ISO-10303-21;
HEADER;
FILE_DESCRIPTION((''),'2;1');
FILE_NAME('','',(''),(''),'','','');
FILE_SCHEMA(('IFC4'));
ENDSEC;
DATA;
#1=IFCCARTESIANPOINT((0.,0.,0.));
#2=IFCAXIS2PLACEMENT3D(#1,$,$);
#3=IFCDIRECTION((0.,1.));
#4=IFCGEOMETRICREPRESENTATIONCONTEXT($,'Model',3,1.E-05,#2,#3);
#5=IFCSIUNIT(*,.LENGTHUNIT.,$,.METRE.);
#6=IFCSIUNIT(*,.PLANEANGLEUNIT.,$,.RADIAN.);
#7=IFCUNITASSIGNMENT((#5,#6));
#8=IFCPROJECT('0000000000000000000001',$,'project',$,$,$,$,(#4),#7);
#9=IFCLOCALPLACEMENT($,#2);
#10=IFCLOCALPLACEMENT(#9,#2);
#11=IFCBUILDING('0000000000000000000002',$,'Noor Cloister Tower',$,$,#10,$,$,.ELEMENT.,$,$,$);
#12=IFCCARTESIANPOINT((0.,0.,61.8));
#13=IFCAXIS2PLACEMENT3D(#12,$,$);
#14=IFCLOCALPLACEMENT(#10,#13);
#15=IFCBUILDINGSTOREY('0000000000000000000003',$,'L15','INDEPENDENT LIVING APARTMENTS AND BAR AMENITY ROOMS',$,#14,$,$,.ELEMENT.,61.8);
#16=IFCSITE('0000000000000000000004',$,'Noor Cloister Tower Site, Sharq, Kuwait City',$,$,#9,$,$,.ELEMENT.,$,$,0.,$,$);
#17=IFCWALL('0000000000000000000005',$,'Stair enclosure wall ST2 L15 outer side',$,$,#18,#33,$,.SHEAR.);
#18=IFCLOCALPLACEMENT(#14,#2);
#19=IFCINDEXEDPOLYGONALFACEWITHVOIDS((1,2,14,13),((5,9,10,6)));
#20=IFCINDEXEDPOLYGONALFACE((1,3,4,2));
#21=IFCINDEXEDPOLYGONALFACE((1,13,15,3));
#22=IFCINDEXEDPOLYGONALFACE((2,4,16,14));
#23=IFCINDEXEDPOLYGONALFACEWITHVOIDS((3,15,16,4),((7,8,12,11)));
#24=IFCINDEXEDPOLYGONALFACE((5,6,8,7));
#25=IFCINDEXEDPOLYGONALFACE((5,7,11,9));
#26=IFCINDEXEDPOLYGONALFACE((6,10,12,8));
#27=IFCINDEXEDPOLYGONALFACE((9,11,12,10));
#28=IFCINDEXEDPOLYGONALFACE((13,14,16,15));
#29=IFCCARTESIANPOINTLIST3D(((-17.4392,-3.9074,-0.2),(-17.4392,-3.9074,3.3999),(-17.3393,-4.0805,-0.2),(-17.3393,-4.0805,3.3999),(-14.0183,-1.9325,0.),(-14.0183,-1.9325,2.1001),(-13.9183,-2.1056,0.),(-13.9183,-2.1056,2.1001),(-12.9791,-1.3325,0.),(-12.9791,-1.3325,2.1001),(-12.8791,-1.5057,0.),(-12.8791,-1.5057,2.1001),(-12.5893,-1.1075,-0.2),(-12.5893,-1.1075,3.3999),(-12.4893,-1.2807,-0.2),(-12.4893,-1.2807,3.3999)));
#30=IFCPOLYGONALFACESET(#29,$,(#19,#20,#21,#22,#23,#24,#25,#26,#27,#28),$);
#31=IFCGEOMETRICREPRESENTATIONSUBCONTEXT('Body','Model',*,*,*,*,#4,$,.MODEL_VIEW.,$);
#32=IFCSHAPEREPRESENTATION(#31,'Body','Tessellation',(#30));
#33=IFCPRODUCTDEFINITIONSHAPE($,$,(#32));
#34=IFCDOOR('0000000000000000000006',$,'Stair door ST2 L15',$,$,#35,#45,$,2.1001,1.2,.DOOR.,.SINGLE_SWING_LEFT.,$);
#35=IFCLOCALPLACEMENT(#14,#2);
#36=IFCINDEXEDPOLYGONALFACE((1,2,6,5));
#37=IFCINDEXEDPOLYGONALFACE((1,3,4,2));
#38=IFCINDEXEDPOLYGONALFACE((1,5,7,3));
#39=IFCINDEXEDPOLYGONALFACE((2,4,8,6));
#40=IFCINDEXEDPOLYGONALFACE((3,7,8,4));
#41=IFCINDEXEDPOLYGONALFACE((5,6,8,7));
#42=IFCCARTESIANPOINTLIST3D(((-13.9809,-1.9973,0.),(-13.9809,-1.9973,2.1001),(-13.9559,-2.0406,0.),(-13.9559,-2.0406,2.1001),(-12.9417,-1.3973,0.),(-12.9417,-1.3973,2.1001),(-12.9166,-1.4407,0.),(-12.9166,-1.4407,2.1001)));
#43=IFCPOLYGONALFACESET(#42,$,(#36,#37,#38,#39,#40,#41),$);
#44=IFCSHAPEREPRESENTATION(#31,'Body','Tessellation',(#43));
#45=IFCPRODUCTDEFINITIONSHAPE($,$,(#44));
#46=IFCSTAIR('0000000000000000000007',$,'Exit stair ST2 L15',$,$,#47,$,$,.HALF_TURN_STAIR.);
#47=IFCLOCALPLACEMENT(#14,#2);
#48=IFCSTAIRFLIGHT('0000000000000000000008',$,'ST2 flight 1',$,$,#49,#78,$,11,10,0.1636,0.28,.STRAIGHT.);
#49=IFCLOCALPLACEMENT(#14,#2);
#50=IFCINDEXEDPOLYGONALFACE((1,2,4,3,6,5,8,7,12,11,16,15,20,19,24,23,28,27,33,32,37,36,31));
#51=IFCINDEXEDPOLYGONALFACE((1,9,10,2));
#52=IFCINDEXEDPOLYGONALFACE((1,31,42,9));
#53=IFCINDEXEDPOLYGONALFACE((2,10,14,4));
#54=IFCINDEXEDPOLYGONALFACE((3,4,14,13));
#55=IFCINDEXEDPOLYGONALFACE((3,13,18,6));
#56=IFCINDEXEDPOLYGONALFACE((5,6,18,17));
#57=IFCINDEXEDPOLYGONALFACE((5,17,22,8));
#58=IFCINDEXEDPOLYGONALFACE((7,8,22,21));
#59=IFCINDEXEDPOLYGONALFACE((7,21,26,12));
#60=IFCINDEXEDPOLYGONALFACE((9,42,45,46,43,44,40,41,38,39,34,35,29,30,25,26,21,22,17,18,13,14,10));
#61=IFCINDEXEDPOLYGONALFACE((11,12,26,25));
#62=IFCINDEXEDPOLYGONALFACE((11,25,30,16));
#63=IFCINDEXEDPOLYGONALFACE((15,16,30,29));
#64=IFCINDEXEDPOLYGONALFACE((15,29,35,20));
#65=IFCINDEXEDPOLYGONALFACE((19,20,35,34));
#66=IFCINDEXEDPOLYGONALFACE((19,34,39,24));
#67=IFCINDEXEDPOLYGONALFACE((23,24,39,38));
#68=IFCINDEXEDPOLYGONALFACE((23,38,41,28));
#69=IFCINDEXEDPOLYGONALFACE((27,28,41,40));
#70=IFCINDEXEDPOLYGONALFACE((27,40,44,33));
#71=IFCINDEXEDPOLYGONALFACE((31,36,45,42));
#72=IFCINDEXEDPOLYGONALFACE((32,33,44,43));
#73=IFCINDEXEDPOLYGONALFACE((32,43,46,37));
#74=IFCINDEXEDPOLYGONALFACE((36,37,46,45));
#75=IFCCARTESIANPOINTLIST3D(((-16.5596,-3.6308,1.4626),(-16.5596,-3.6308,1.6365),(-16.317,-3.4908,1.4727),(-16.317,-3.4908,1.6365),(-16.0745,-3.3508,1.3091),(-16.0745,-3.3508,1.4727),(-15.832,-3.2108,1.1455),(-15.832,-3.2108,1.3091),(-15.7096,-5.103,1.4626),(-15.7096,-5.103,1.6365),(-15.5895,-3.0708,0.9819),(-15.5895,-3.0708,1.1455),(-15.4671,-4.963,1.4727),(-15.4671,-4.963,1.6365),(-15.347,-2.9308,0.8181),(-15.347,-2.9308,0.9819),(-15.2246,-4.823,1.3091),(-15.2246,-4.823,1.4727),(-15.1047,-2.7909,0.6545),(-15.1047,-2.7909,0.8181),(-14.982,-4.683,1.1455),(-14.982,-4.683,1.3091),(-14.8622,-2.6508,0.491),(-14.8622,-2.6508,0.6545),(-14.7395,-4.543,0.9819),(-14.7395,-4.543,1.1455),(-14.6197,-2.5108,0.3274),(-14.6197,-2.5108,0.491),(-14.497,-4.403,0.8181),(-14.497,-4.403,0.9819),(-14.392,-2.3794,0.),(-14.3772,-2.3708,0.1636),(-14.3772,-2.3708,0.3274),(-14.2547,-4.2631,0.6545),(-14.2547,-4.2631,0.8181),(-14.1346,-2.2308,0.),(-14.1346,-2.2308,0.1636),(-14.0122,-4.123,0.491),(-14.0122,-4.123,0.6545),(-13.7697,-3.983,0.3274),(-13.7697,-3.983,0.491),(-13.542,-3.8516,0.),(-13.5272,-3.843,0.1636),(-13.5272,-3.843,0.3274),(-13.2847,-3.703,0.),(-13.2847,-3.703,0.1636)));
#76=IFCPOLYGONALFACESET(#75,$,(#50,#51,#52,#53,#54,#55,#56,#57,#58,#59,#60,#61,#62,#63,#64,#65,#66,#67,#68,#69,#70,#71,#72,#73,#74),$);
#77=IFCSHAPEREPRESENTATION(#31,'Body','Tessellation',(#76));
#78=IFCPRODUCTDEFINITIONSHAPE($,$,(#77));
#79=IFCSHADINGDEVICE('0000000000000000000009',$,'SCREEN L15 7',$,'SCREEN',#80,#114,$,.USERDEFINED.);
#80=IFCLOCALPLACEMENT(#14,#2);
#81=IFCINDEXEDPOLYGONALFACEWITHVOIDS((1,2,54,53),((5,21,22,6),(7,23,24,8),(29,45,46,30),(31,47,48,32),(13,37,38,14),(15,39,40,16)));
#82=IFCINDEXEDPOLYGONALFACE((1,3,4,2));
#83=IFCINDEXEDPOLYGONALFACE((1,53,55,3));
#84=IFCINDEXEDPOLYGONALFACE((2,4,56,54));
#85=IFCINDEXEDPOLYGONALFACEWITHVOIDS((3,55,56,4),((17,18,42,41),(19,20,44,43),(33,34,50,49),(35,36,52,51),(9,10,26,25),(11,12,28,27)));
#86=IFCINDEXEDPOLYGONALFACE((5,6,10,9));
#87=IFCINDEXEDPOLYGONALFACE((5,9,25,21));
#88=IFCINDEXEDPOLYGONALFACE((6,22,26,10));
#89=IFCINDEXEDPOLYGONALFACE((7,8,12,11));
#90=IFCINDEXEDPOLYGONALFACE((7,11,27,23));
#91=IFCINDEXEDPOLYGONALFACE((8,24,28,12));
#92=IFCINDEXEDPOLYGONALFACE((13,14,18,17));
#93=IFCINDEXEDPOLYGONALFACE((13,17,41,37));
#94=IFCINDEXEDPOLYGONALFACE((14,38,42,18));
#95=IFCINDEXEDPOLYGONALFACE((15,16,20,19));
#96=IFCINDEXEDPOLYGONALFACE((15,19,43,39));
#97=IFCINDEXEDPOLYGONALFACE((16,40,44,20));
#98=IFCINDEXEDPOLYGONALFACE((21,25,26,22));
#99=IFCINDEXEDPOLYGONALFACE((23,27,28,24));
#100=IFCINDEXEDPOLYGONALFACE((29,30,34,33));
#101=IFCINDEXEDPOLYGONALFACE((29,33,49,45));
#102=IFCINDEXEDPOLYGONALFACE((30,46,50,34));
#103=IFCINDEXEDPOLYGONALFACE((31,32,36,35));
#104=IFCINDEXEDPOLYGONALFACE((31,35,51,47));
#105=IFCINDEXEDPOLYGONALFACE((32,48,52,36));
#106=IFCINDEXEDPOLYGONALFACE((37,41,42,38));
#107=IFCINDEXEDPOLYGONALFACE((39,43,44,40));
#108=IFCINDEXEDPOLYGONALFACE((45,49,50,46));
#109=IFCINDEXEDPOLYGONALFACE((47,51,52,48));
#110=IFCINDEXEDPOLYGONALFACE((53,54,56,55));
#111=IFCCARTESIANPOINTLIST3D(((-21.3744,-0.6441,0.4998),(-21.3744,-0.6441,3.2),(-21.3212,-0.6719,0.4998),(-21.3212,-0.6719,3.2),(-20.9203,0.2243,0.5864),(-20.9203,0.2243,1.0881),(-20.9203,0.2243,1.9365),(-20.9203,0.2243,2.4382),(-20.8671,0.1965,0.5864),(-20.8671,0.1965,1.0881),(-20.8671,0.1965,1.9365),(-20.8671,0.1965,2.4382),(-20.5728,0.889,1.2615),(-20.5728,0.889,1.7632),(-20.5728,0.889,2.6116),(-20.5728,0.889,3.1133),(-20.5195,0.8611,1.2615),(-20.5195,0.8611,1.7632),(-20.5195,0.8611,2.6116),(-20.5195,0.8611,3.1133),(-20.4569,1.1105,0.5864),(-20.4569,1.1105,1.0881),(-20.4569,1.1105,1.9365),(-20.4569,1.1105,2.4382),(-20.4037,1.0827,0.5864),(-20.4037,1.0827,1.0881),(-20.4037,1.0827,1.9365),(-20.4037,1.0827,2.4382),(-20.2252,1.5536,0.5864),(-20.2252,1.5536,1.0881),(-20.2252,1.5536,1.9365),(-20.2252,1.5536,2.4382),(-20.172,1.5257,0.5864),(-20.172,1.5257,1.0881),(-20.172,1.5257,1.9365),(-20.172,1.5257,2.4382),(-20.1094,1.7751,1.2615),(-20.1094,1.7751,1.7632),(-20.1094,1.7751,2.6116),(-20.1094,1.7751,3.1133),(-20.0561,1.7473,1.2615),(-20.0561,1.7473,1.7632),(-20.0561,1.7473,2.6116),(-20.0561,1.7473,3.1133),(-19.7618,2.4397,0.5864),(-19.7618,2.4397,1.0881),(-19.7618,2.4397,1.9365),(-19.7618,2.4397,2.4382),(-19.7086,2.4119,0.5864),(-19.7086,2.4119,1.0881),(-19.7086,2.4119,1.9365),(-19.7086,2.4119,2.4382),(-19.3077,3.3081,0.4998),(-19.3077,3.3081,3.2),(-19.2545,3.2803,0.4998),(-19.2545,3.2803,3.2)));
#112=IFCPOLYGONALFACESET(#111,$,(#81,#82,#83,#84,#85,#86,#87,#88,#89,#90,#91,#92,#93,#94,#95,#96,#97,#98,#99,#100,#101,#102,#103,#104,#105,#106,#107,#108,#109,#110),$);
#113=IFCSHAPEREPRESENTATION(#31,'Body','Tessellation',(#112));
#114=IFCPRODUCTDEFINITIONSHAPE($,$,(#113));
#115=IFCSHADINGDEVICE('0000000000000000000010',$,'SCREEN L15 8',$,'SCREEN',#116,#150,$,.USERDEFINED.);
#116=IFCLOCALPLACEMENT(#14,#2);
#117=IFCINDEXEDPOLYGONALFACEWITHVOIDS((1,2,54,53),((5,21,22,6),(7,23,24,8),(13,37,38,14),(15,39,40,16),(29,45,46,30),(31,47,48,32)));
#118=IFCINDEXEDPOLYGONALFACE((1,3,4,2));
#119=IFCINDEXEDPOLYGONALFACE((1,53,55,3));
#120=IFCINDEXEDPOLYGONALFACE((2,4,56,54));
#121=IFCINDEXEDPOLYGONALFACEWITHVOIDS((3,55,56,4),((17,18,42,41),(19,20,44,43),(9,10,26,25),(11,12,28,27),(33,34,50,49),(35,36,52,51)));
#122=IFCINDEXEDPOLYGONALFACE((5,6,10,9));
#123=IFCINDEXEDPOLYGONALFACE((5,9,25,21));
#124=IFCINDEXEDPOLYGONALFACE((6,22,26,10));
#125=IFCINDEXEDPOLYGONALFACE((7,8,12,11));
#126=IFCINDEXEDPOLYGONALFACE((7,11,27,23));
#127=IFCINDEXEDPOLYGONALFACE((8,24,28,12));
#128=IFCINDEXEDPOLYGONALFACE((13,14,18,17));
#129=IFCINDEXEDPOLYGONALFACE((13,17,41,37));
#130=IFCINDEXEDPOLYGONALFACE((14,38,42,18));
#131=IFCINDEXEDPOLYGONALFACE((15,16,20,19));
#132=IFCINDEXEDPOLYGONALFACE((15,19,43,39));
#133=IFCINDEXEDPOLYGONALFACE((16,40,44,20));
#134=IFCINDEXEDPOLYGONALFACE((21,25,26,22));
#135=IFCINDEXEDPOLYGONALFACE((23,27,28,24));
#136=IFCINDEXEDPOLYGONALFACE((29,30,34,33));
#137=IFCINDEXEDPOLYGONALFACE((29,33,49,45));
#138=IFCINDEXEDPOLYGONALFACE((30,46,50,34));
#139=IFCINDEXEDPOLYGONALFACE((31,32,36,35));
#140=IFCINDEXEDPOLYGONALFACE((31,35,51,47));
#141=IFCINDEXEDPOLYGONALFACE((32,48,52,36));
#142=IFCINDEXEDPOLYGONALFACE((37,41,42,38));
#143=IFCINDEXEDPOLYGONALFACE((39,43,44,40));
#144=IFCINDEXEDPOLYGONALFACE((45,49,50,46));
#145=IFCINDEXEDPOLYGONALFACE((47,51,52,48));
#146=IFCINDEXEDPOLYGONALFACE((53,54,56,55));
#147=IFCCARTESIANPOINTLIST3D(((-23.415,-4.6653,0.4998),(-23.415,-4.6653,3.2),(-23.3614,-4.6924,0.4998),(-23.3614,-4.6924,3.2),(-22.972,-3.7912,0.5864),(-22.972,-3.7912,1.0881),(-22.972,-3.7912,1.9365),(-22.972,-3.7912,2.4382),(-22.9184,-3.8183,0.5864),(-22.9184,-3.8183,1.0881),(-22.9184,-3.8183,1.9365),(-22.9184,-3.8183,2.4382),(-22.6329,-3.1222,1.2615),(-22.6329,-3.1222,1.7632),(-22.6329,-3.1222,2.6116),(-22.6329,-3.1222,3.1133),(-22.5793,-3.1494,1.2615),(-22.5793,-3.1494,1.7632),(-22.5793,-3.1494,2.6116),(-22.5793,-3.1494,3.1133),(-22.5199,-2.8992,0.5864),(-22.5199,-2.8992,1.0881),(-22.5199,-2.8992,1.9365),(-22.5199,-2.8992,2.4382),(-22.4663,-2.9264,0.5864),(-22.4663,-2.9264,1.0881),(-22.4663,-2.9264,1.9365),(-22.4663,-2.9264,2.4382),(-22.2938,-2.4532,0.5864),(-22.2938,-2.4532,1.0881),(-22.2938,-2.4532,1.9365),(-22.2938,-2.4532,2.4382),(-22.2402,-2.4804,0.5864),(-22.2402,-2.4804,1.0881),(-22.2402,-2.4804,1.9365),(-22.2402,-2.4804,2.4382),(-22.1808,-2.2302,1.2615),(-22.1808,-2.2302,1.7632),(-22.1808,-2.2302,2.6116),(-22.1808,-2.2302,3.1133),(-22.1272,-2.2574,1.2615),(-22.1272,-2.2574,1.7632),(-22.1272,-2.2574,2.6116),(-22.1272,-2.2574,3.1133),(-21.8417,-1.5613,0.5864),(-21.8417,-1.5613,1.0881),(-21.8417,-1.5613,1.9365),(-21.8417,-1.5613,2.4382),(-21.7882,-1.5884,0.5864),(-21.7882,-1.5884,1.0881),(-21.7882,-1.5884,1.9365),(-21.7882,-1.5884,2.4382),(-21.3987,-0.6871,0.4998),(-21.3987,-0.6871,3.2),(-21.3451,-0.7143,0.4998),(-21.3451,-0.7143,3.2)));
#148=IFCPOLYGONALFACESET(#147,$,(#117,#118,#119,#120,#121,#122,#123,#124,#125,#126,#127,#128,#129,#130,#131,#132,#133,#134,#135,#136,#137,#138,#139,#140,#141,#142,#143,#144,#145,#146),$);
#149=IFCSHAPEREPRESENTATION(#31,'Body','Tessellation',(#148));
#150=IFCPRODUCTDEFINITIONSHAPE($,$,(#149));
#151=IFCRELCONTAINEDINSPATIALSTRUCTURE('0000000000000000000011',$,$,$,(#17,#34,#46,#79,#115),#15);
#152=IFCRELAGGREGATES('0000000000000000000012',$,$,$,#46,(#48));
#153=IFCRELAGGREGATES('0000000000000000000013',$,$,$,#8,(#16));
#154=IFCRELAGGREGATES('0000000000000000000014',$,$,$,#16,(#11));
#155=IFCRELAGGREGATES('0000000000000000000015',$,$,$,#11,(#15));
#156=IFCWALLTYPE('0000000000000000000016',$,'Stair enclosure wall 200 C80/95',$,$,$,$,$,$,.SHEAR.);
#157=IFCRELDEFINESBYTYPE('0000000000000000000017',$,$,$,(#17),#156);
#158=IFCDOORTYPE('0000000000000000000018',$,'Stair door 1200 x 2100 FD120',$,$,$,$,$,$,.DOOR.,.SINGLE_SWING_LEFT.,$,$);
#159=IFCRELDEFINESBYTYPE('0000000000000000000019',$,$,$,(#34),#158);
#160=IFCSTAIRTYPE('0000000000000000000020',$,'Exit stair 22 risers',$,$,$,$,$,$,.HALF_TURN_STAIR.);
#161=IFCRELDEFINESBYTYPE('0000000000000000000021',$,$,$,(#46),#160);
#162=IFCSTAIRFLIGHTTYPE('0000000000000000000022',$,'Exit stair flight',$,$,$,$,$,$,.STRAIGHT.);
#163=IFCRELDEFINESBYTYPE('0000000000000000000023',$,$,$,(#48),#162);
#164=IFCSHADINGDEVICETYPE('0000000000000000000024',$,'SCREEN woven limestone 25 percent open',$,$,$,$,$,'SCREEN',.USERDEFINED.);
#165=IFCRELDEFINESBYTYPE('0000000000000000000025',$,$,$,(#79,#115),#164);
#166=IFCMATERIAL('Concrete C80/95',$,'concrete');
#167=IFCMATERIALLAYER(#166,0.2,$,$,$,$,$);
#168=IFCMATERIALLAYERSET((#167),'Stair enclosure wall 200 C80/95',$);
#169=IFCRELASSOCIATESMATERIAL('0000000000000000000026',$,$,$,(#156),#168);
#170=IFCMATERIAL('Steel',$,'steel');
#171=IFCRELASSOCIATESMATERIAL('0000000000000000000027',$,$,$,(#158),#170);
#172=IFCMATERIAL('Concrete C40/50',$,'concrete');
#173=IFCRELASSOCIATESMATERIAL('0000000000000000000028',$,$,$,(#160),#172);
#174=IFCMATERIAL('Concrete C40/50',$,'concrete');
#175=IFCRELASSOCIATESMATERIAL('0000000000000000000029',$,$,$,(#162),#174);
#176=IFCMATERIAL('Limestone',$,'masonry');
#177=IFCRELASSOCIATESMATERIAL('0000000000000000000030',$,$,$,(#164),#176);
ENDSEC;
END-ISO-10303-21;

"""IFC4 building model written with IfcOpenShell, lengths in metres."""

from ifc_helpers import new_model, si_unit, direction, frame, frame_2d, origin, place, context, subcontext, project, spatial, polyline, rectangle, outline, extrude, material, layer, layer_set, material_profile, profile_set, type_object, element, fill, aggregate, save


model = new_model("IFC4")

# Units and contexts
model_context = context("Model", 3, precision=1e-05, world=origin(), true_north=direction((0.0, 1.0)))
body_context = subcontext(model_context, "Body", "Model", "MODEL_VIEW")
ifc_project = project(units=[si_unit("LENGTHUNIT", "METRE"), si_unit("PLANEANGLEUNIT", "RADIAN")], contexts=[model_context])

# Site, building, storey
site_placement = place(None, origin())
site = spatial("IfcSite", under=ifc_project, at=site_placement, Name="Noor Cloister Tower Site, Sharq, Kuwait City", CompositionType="ELEMENT", RefElevation=0.0)
building_placement = place(site_placement, origin())
building = spatial("IfcBuilding", under=site, at=building_placement, Name="Noor Cloister Tower", CompositionType="ELEMENT")
storey_placement = place(building_placement, frame((0.0, 0.0, 61.8)))
storey = spatial("IfcBuildingStorey", under=building, at=storey_placement, Name="L15", Description="INDEPENDENT LIVING APARTMENTS AND BAR AMENITY ROOMS", CompositionType="ELEMENT", Elevation=61.8)

# Wall, opening, door
ifc_material_1 = material(Name="Concrete C80/95", Category="concrete")
ifc_layer_1 = layer(ifc_material_1, 0.2)
ifc_layer_set_1 = layer_set([ifc_layer_1], Name="Stair enclosure wall 200 C80/95")
wall_type_1 = type_object("IfcWallType", Name="Stair enclosure wall 200 C80/95", PredefinedType="SHEAR", material=ifc_layer_set_1)
ifc_material_2 = material(Name="Steel", Category="steel")
door_type_1 = type_object("IfcDoorType", Name="Stair door 1200 x 2100 FD120", OperationType="SINGLE_SWING_LEFT", PredefinedType="DOOR", material=ifc_material_2)
wall_1_placement = place(storey_placement, frame((-12.5393, -1.1941, -0.2), z_axis=(0.0, 0.0, 1.0), x_axis=(-0.866045, -0.499965, 0.0)))
wall_1 = element("IfcWall", 1, at=wall_1_placement, inside=storey, type_object=wall_type_1, Name="Stair enclosure wall ST2 L15 outer side", PredefinedType="SHEAR", context=body_context, shape_type="SweptSolid", body=[
    extrude(rectangle(XDim=5.6001, YDim=0.2, at=frame_2d((2.8, 0.0))), origin(), (0.0, 0.0, 1.0), 3.5999),
])
opening_1_placement = place(wall_1_placement, frame((0.45, 0.0, 0.2)))
opening_1 = element("IfcOpeningElement", 2, at=opening_1_placement, cuts=wall_1, PredefinedType="OPENING", context=body_context, shape_type="SweptSolid", body=[
    extrude(rectangle(XDim=1.2, YDim=2.1001, at=frame_2d((0.6001, 1.05))), frame((0.0, 0.1099, 0.0), z_axis=(0.0, -1.0, 0.0), x_axis=(1.0, 0.0, 0.0)), (0.0, 0.0, 1.0), 0.22),
])
door_1_placement = place(opening_1_placement, origin())
door_1 = element("IfcDoor", 3, at=door_1_placement, inside=storey, type_object=door_type_1, Name="Stair door ST2 L15", OperationType="SINGLE_SWING_LEFT", OverallHeight=2.1001, OverallWidth=1.2, PredefinedType="DOOR", context=body_context, shape_type="SweptSolid", body=[
    extrude(rectangle(XDim=1.2, YDim=2.1001, at=frame_2d((0.6001, 1.05))), frame((0.0, 0.0249, 0.0), z_axis=(0.0, -1.0, 0.0), x_axis=(1.0, 0.0, 0.0)), (0.0, 0.0, 1.0), 0.05),
])
fill(opening_1, door_1)

# Stair, stair flight
ifc_material_3 = material(Name="Concrete C40/50", Category="concrete")
stair_type = type_object("IfcStairType", Name="Exit stair 22 risers", PredefinedType="HALF_TURN_STAIR", material=ifc_material_3)
stair_placement = place(storey_placement, origin())
stair = element("IfcStair", 4, at=stair_placement, inside=storey, type_object=stair_type, Name="Exit stair ST2 L15", PredefinedType="HALF_TURN_STAIR")
ifc_material_4 = material(Name="Concrete C40/50", Category="concrete")
stair_flight_type = type_object("IfcStairFlightType", Name="Exit stair flight", PredefinedType="STRAIGHT", material=ifc_material_4)
stair_flight_placement = place(storey_placement, frame((-13.7097, -2.9668, 0.0), z_axis=(0.0, 0.0, 1.0), x_axis=(-0.866025, -0.5, 0.0)))
stair_flight = element("IfcStairFlight", 5, at=stair_flight_placement, type_object=stair_flight_type, Name="ST2 flight 1", NumberOfRisers=11, NumberOfTreads=10, PredefinedType="STRAIGHT", RiserHeight=0.1636, TreadLength=0.28, context=body_context, shape_type="SweptSolid", body=[
    extrude(outline(polyline([(0.0, 0.0), (0.0, 0.1636), (0.28, 0.1636), (0.28, 0.3274), (0.5601, 0.3274), (0.5601, 0.491), (0.8401, 0.491), (0.8401, 0.6545), (1.1201, 0.6545), (1.1201, 0.8181), (1.3999, 0.8181), (1.3999, 0.9819), (1.6799, 0.9819), (1.6799, 1.1455), (1.96, 1.1455), (1.96, 1.3091), (2.24, 1.3091), (2.24, 1.4727), (2.52, 1.4727), (2.52, 1.6365), (2.8, 1.6365), (2.8, 1.8), (2.8, 1.4626), (0.2971, 0.0), (0.0, 0.0)])), frame((0.0, 0.8501, 0.0), z_axis=(0.0, -1.0, 0.0), x_axis=(1.0, 0.0, 0.0)), (0.0, 0.0, 1.0), 1.7),
])
aggregate(stair, [stair_flight])

# Shading devices
ifc_material_5 = material(Name="Limestone", Category="masonry")
ifc_material_profile_1 = material_profile(ifc_material_5, outline(polyline([(-2.23, -1.3501), (2.23, -1.3501), (2.23, 1.3501), (-2.23, 1.3501), (-2.23, -1.3501)]), holes=[polyline([(-1.25, -1.2634), (-0.25, -1.2634), (-0.25, -0.7617), (-1.25, -0.7617), (-1.25, -1.2634)]), polyline([(0.25, -1.2634), (1.25, -1.2634), (1.25, -0.7617), (0.25, -0.7617), (0.25, -1.2634)]), polyline([(-0.5, -0.5884), (0.5, -0.5884), (0.5, -0.0867), (-0.5, -0.0867), (-0.5, -0.5884)]), polyline([(-1.25, 0.0867), (-0.25, 0.0867), (-0.25, 0.5884), (-1.25, 0.5884), (-1.25, 0.0867)]), polyline([(0.25, 0.0867), (1.25, 0.0867), (1.25, 0.5884), (0.25, 0.5884), (0.25, 0.0867)]), polyline([(-0.5, 0.7617), (0.5, 0.7617), (0.5, 1.2634), (-0.5, 1.2634), (-0.5, 0.7617)])]), Name="Woven screen 25 percent open")
ifc_profile_set_1 = profile_set([ifc_material_profile_1], Name="Limestone")
shading_device_type = type_object("IfcShadingDeviceType", Name="SCREEN woven limestone 25 percent open", ElementType="SCREEN", PredefinedType="USERDEFINED", material=ifc_profile_set_1)
for number, where, z_axis, x_axis, name in (
    (6, (-20.2878, 1.3042, 1.8499), (-0.88615, 0.463399, 0.0), (-0.463399, -0.88615, 0.0), "SCREEN L15 7"),
    (7, (-22.3533, -2.7034, 1.8499), (-0.89197, 0.452094, 0.0), (-0.452094, -0.89197, 0.0), "SCREEN L15 8"),
):
    element("IfcShadingDevice", number, at=place(storey_placement, frame(where, z_axis=z_axis, x_axis=x_axis)), inside=storey, type_object=shading_device_type, Name=name, ObjectType="SCREEN", PredefinedType="USERDEFINED", context=body_context, shape_type="SweptSolid", body=[
        extrude(outline(polyline([(-2.23, -1.3501), (2.23, -1.3501), (2.23, 1.3501), (-2.23, 1.3501), (-2.23, -1.3501)]), holes=[polyline([(-1.25, -1.2634), (-0.25, -1.2634), (-0.25, -0.7617), (-1.25, -0.7617), (-1.25, -1.2634)]), polyline([(0.25, -1.2634), (1.25, -1.2634), (1.25, -0.7617), (0.25, -0.7617), (0.25, -1.2634)]), polyline([(-0.5, -0.5884), (0.5, -0.5884), (0.5, -0.0867), (-0.5, -0.0867), (-0.5, -0.5884)]), polyline([(-1.25, 0.0867), (-0.25, 0.0867), (-0.25, 0.5884), (-1.25, 0.5884), (-1.25, 0.0867)]), polyline([(0.25, 0.0867), (1.25, 0.0867), (1.25, 0.5884), (0.25, 0.5884), (0.25, 0.0867)]), polyline([(-0.5, 0.7617), (0.5, 0.7617), (0.5, 1.2634), (-0.5, 1.2634), (-0.5, 0.7617)])]), origin(), (0.0, 0.0, 1.0), 0.0601),
    ])

save(model, "model.ifc")
